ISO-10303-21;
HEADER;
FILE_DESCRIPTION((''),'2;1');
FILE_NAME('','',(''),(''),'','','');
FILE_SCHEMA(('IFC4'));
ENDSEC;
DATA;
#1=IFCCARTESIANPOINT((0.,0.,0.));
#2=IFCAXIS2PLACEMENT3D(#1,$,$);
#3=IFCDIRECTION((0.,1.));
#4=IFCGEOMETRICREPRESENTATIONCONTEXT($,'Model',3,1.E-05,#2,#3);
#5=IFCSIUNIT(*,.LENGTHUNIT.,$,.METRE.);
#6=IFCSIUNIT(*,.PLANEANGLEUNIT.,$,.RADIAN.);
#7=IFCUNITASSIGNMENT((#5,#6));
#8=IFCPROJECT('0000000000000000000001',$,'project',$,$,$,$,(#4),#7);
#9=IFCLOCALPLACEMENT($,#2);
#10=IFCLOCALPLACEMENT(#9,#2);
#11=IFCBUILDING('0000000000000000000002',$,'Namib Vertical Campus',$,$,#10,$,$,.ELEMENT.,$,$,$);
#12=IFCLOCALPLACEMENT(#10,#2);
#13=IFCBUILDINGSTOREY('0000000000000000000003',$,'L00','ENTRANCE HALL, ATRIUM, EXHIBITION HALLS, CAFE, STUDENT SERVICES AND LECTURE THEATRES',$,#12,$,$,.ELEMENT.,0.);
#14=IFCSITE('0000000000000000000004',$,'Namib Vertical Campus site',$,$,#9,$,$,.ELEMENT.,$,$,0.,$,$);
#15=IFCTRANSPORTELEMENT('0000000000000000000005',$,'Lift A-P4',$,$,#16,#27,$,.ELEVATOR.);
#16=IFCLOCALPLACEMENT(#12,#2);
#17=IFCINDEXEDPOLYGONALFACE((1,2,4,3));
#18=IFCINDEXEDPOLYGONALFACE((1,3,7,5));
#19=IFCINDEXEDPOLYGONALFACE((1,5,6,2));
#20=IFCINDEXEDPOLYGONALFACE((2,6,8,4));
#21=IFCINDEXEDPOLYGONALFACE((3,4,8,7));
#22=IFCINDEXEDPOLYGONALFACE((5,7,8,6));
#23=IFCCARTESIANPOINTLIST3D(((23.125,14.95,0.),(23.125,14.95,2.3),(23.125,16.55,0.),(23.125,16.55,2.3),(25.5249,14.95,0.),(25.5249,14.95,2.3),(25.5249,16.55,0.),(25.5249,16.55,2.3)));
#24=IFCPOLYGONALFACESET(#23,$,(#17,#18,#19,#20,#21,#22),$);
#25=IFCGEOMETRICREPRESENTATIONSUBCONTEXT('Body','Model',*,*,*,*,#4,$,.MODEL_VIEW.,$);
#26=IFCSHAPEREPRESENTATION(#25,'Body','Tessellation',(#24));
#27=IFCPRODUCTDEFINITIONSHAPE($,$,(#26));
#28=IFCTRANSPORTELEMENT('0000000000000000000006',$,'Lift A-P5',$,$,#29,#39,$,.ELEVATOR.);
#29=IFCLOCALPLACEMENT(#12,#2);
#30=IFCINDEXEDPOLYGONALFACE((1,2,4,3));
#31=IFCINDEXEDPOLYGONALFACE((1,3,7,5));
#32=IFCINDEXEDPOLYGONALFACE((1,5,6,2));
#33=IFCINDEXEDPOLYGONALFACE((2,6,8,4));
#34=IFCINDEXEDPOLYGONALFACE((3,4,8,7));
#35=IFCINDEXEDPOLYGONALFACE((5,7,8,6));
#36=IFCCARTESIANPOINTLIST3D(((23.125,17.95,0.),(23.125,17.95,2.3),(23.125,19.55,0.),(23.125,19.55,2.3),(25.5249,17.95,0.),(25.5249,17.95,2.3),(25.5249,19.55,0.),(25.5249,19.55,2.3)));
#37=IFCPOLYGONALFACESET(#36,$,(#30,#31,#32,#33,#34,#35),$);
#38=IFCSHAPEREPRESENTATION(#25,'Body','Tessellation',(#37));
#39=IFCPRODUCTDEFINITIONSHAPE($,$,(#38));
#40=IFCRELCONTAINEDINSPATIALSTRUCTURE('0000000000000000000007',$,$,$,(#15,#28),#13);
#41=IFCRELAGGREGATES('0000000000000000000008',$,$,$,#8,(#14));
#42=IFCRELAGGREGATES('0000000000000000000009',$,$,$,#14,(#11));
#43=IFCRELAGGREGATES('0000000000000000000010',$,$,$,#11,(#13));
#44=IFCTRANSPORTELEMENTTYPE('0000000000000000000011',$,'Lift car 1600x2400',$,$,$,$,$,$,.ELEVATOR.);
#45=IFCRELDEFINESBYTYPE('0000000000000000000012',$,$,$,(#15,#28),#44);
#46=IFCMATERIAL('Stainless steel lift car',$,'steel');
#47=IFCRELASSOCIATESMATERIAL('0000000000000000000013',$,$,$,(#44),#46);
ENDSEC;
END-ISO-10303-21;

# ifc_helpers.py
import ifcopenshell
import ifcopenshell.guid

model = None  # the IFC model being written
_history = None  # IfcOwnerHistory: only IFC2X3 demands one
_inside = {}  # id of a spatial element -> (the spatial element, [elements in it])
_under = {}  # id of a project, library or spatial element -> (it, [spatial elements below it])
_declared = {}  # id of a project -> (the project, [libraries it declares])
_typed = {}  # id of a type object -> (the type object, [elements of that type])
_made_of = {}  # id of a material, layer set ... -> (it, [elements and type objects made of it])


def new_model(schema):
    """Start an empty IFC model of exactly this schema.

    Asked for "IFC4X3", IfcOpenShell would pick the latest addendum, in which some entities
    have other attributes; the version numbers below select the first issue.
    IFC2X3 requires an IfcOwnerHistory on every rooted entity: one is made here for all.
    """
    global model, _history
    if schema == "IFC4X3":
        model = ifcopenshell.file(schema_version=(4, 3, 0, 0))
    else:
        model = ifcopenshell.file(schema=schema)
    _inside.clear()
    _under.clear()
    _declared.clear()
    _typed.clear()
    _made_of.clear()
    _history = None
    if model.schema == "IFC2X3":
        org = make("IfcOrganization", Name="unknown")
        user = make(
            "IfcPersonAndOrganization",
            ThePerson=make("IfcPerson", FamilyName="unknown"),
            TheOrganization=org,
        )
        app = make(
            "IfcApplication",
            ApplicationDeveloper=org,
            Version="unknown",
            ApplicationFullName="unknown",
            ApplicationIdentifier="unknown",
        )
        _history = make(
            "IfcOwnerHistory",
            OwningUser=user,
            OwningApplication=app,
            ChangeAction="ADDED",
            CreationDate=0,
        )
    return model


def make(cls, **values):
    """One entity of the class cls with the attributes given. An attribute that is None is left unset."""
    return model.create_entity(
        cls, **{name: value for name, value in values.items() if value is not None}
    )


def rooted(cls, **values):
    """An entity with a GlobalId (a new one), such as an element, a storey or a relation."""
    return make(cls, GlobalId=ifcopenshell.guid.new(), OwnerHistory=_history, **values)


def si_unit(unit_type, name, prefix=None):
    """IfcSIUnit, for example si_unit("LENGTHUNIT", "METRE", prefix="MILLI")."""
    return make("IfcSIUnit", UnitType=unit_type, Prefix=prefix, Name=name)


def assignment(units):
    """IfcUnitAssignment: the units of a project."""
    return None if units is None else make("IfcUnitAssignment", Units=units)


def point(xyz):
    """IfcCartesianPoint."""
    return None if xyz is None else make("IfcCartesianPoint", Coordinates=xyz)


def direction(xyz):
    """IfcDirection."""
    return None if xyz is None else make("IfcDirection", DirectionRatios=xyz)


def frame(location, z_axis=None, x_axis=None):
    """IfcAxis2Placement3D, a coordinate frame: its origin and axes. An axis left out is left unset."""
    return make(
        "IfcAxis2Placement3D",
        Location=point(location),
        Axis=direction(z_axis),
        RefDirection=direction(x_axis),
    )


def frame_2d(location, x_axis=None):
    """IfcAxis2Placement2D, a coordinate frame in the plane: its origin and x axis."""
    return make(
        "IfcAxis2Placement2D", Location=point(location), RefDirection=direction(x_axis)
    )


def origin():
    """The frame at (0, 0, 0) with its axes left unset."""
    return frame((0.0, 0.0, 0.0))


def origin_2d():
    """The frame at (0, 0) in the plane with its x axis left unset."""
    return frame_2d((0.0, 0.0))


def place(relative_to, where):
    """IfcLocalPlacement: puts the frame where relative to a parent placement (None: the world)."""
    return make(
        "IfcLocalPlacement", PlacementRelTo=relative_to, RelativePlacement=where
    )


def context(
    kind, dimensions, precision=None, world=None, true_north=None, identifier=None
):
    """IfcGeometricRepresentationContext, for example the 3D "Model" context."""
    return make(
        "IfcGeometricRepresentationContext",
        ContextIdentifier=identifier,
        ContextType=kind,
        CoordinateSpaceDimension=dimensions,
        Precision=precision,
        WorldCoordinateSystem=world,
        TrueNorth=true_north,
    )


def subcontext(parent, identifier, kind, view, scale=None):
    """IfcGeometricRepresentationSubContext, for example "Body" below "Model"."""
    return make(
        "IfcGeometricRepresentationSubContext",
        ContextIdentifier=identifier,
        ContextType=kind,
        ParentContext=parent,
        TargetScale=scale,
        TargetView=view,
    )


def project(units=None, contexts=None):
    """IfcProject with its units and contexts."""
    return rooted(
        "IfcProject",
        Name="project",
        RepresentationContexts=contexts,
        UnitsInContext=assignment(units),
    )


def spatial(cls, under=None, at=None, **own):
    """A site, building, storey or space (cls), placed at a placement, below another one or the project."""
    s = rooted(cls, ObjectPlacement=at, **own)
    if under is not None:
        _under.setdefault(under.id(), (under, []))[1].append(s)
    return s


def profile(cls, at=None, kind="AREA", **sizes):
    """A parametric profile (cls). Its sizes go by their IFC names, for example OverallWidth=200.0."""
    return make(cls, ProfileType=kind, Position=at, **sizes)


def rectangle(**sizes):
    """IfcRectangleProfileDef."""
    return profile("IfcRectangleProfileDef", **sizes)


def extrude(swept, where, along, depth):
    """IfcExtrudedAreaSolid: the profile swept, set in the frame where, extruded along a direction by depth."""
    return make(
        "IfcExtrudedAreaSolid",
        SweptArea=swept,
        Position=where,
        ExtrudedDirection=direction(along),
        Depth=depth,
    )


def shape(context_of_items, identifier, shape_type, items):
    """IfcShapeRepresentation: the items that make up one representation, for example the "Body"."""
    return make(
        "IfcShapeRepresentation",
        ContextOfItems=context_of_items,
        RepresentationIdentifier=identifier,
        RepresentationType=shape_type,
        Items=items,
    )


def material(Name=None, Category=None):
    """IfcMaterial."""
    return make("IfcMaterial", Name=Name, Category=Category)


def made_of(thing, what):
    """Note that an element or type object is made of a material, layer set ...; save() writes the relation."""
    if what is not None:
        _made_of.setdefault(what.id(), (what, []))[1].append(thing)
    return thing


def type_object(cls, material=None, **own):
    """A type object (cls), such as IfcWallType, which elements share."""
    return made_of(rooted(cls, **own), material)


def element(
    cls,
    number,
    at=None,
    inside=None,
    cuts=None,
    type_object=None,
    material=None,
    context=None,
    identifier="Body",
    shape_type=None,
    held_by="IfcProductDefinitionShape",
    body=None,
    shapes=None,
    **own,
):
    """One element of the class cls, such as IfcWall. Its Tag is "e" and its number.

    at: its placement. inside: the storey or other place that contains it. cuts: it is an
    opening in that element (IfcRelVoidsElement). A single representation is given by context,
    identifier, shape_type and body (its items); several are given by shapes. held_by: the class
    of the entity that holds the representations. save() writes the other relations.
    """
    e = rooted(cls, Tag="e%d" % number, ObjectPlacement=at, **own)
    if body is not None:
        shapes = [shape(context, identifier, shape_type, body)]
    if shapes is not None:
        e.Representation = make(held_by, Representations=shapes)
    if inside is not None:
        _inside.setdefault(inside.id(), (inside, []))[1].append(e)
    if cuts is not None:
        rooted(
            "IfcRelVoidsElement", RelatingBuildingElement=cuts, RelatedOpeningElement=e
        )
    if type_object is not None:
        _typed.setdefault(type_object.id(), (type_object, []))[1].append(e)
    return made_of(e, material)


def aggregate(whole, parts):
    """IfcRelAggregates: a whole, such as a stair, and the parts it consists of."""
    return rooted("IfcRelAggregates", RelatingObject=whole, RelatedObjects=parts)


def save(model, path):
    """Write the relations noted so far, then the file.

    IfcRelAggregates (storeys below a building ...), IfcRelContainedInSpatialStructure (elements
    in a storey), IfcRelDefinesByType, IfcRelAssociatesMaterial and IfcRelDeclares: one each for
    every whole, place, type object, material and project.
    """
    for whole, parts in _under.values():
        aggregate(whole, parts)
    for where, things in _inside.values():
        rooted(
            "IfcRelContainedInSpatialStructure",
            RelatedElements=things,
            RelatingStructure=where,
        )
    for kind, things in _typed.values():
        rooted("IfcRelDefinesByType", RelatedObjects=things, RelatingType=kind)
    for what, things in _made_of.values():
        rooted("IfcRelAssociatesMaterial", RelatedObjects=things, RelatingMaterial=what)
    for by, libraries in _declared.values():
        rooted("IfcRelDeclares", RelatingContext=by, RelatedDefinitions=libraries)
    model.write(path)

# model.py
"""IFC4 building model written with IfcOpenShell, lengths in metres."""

from ifc_helpers import new_model, si_unit, direction, frame, origin, origin_2d, place, context, subcontext, project, spatial, rectangle, extrude, material, type_object, element, save


model = new_model("IFC4")

# Units and contexts
model_context = context("Model", 3, precision=1e-05, world=origin(), true_north=direction((0.0, 1.0)))
body_context = subcontext(model_context, "Body", "Model", "MODEL_VIEW")
ifc_project = project(units=[si_unit("LENGTHUNIT", "METRE"), si_unit("PLANEANGLEUNIT", "RADIAN")], contexts=[model_context])

# Site, building, storey
site_placement = place(None, origin())
site = spatial("IfcSite", under=ifc_project, at=site_placement, Name="Namib Vertical Campus site", CompositionType="ELEMENT", RefElevation=0.0)
building_placement = place(site_placement, origin())
building = spatial("IfcBuilding", under=site, at=building_placement, Name="Namib Vertical Campus", CompositionType="ELEMENT")
storey_placement = place(building_placement, origin())
storey = spatial("IfcBuildingStorey", under=building, at=storey_placement, Name="L00", Description="ENTRANCE HALL, ATRIUM, EXHIBITION HALLS, CAFE, STUDENT SERVICES AND LECTURE THEATRES", CompositionType="ELEMENT", Elevation=0.0)

# Transport elements
ifc_material_1 = material(Name="Stainless steel lift car", Category="steel")
transport_element_type_1 = type_object("IfcTransportElementType", Name="Lift car 1600x2400", PredefinedType="ELEVATOR", material=ifc_material_1)
for number, where, z_axis, x_axis, name in (
    (1, (24.325, 15.75, 0.0), (0.0, 0.0, 1.0), (1.0, 0.0, 0.0), "Lift A-P4"),
    (2, (24.325, 18.75, 0.0), (0.0, 0.0, 1.0), (1.0, 0.0, 0.0), "Lift A-P5"),
):
    element("IfcTransportElement", number, at=place(storey_placement, frame(where, z_axis=z_axis, x_axis=x_axis)), inside=storey, type_object=transport_element_type_1, Name=name, PredefinedType="ELEVATOR", context=body_context, shape_type="SweptSolid", body=[
        extrude(rectangle(XDim=2.3999, YDim=1.6001, at=origin_2d()), origin(), (0.0, 0.0, 1.0), 2.3),
    ])

save(model, "model.ifc")
